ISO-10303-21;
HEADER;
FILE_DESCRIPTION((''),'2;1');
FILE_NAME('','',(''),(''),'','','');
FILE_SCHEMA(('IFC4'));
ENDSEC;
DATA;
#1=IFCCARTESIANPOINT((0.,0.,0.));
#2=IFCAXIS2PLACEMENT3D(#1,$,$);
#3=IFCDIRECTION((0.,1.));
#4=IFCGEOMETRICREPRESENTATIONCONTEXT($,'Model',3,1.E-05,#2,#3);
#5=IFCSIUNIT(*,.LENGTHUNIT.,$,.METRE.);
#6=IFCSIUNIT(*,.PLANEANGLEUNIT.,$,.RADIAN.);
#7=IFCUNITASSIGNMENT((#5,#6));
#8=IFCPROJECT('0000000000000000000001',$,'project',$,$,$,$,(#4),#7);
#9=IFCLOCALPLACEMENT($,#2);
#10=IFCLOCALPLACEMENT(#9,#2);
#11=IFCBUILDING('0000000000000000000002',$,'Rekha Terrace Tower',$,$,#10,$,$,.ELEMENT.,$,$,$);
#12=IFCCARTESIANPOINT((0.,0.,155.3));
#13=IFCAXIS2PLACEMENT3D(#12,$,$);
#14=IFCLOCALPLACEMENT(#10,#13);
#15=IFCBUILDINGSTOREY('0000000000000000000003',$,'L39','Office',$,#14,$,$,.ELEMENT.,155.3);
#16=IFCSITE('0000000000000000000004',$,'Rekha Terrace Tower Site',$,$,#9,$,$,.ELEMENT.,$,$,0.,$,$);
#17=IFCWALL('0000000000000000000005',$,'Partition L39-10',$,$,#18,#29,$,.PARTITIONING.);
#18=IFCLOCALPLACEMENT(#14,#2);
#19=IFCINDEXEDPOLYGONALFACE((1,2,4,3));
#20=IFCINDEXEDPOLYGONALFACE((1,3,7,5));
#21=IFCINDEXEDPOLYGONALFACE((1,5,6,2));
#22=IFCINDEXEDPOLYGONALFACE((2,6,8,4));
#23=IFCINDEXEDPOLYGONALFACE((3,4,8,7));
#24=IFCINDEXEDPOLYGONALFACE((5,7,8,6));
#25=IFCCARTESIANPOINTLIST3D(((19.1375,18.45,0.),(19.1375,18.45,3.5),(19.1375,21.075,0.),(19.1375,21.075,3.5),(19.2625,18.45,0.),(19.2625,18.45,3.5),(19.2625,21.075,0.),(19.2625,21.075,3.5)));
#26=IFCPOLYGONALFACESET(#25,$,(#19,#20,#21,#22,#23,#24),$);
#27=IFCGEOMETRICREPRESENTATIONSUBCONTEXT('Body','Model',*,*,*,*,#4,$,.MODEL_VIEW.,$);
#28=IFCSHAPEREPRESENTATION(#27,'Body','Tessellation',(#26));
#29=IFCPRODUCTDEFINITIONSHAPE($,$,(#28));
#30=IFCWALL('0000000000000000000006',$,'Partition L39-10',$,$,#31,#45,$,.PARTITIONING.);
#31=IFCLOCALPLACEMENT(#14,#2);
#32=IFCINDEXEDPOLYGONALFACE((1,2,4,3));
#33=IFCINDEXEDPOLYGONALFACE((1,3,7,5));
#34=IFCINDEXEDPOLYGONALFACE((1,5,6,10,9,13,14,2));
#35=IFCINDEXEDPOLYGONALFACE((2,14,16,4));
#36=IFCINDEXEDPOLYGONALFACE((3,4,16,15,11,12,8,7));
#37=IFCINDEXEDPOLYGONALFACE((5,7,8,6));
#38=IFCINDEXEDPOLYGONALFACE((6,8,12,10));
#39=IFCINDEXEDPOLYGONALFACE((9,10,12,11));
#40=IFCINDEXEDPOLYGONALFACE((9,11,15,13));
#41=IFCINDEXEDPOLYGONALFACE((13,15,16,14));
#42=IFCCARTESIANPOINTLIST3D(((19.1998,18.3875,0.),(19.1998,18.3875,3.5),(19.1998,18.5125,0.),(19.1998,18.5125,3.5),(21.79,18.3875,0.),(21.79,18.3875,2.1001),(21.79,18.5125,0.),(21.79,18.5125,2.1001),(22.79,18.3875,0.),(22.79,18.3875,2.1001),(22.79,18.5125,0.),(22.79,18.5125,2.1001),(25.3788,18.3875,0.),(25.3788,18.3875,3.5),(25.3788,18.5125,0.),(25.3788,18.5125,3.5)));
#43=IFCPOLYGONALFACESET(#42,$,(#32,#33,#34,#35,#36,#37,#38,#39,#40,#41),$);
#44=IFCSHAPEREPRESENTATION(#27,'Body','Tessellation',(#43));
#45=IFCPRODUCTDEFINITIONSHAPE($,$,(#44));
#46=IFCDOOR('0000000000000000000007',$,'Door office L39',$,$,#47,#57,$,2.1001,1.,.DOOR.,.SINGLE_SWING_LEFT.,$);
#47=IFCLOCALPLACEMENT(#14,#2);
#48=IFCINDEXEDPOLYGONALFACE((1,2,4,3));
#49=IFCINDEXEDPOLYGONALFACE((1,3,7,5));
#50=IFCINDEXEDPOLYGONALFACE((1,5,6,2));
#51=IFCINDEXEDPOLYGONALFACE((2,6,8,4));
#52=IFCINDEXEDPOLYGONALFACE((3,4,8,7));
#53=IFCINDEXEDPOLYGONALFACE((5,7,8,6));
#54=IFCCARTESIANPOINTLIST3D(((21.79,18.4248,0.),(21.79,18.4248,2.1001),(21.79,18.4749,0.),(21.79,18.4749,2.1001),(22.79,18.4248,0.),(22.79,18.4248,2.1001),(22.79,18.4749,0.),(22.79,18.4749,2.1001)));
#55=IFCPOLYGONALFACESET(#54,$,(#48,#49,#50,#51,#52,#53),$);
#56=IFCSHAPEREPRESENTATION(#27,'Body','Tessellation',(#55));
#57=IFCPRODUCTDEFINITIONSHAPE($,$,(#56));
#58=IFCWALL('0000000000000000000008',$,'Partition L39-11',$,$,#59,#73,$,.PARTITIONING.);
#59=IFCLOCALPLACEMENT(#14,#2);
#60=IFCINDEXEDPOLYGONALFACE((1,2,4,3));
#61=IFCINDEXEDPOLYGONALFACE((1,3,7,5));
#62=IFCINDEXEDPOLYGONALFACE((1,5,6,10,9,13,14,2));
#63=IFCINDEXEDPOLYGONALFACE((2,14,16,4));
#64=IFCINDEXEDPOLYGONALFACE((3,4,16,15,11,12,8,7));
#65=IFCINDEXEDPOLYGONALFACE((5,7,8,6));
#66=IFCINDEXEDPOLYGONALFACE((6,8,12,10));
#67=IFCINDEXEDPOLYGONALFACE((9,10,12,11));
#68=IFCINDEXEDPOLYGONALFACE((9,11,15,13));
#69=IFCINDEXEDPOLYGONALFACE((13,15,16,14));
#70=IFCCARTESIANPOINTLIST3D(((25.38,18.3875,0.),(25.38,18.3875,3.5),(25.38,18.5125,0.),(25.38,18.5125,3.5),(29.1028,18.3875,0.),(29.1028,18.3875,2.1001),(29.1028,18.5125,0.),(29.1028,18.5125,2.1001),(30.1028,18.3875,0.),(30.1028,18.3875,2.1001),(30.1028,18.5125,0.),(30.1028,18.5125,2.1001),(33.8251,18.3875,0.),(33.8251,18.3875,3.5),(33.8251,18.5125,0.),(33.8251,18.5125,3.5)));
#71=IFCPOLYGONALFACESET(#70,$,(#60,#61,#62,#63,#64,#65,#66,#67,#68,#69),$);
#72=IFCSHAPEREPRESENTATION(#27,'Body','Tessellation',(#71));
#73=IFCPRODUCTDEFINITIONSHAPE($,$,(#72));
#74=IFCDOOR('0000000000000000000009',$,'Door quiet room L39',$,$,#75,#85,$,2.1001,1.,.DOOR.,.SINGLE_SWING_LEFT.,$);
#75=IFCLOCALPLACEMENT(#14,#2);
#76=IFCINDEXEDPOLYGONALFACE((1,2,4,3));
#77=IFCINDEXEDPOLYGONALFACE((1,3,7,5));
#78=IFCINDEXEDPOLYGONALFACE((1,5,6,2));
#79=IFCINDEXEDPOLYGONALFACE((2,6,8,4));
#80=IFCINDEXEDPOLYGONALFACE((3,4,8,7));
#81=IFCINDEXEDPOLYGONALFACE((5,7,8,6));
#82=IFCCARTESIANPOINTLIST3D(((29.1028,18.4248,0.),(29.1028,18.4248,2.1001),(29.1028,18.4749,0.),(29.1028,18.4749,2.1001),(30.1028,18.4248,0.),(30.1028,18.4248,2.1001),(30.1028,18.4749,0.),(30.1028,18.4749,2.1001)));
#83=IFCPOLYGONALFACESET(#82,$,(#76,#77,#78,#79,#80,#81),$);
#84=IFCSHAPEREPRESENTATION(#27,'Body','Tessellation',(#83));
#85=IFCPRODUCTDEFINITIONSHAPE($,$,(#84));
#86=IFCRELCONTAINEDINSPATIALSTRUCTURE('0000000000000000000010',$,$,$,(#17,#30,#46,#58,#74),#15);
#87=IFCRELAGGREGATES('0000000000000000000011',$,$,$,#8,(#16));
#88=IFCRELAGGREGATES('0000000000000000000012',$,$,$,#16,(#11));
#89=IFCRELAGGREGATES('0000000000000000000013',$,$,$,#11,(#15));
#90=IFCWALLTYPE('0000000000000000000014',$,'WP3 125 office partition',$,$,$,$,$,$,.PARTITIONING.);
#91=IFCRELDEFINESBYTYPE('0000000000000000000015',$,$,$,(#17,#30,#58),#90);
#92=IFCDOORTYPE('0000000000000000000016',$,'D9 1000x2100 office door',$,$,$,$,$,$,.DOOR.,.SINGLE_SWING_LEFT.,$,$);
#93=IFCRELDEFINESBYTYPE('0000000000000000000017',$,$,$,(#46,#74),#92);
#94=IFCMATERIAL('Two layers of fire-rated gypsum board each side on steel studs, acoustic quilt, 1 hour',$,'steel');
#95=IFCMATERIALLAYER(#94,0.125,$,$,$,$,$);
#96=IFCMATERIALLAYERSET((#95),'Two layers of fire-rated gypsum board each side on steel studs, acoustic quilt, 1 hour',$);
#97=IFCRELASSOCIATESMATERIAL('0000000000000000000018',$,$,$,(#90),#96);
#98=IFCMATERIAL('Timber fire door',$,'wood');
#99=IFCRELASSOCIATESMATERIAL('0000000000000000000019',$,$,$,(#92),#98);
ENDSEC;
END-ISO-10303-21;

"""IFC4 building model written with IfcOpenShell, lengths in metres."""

from ifc_helpers import new_model, si_unit, direction, frame, frame_2d, origin, place, context, subcontext, project, spatial, rectangle, extrude, material, layer, layer_set, type_object, element, fill, save


model = new_model("IFC4")

# Units and contexts
model_context = context("Model", 3, precision=1e-05, world=origin(), true_north=direction((0.0, 1.0)))
body_context = subcontext(model_context, "Body", "Model", "MODEL_VIEW")
ifc_project = project(units=[si_unit("LENGTHUNIT", "METRE"), si_unit("PLANEANGLEUNIT", "RADIAN")], contexts=[model_context])

# Site, building, storey
site_placement = place(None, origin())
site = spatial("IfcSite", under=ifc_project, at=site_placement, Name="Rekha Terrace Tower Site", CompositionType="ELEMENT", RefElevation=0.0)
building_placement = place(site_placement, origin())
building = spatial("IfcBuilding", under=site, at=building_placement, Name="Rekha Terrace Tower", CompositionType="ELEMENT")
storey_placement = place(building_placement, frame((0.0, 0.0, 155.3)))
storey = spatial("IfcBuildingStorey", under=building, at=storey_placement, Name="L39", Description="Office", CompositionType="ELEMENT", Elevation=155.3)

# Wall
ifc_material_1 = material(Name="Two layers of fire-rated gypsum board each side on steel studs, acoustic quilt, 1 hour", Category="steel")
ifc_layer_1 = layer(ifc_material_1, 0.125)
ifc_layer_set_1 = layer_set([ifc_layer_1], Name="Two layers of fire-rated gypsum board each side on steel studs, acoustic quilt, 1 hour")
wall_type_1 = type_object("IfcWallType", Name="WP3 125 office partition", PredefinedType="PARTITIONING", material=ifc_layer_set_1)
wall_1_placement = place(storey_placement, frame((19.2, 21.075, 0.0), z_axis=(0.0, 0.0, 1.0), x_axis=(0.0, -1.0, 0.0)))
element("IfcWall", 1, at=wall_1_placement, inside=storey, type_object=wall_type_1, Name="Partition L39-10", PredefinedType="PARTITIONING", context=body_context, shape_type="SweptSolid", body=[
    extrude(rectangle(XDim=2.625, YDim=0.125, at=frame_2d((1.3125, 0.0))), origin(), (0.0, 0.0, 1.0), 3.5),
])

# Walls, openings, doors
wall_2_placement = place(storey_placement, frame((19.2, 18.45, 0.0), z_axis=(0.0, 0.0, 1.0), x_axis=(1.0, 0.0, 0.0)))
wall_2 = element("IfcWall", 2, at=wall_2_placement, inside=storey, type_object=wall_type_1, Name="Partition L39-10", PredefinedType="PARTITIONING", context=body_context, shape_type="SweptSolid", body=[
    extrude(rectangle(XDim=6.179, YDim=0.125, at=frame_2d((3.0894, 0.0))), origin(), (0.0, 0.0, 1.0), 3.5),
])
opening_1_placement = place(wall_2_placement, frame((2.5901, 0.0, 0.0)))
opening_1 = element("IfcOpeningElement", 3, at=opening_1_placement, cuts=wall_2, PredefinedType="OPENING", context=body_context, shape_type="SweptSolid", body=[
    extrude(rectangle(XDim=1.0, YDim=2.1001, at=frame_2d((0.5, 1.05))), frame((0.0, 0.0725, 0.0), z_axis=(0.0, -1.0, 0.0), x_axis=(1.0, 0.0, 0.0)), (0.0, 0.0, 1.0), 0.145),
])
ifc_material_2 = material(Name="Timber fire door", Category="wood")
door_type_1 = type_object("IfcDoorType", Name="D9 1000x2100 office door", OperationType="SINGLE_SWING_LEFT", PredefinedType="DOOR", material=ifc_material_2)
door_1_placement = place(opening_1_placement, origin())
door_1 = element("IfcDoor", 4, at=door_1_placement, inside=storey, type_object=door_type_1, Name="Door office L39", OperationType="SINGLE_SWING_LEFT", OverallHeight=2.1001, OverallWidth=1.0, PredefinedType="DOOR", context=body_context, shape_type="SweptSolid", body=[
    extrude(rectangle(XDim=1.0, YDim=2.1001, at=frame_2d((0.5, 1.05))), frame((0.0, 0.0249, 0.0), z_axis=(0.0, -1.0, 0.0), x_axis=(1.0, 0.0, 0.0)), (0.0, 0.0, 1.0), 0.05),
])
fill(opening_1, door_1)
wall_3_placement = place(storey_placement, frame((25.3799, 18.45, 0.0), z_axis=(0.0, 0.0, 1.0), x_axis=(1.0, 0.0, 0.0)))
wall_3 = element("IfcWall", 5, at=wall_3_placement, inside=storey, type_object=wall_type_1, Name="Partition L39-11", PredefinedType="PARTITIONING", context=body_context, shape_type="SweptSolid", body=[
    extrude(rectangle(XDim=8.4451, YDim=0.125, at=frame_2d((4.2227, 0.0))), origin(), (0.0, 0.0, 1.0), 3.5),
])
opening_2_placement = place(wall_3_placement, frame((3.7229, 0.0, 0.0)))
opening_2 = element("IfcOpeningElement", 6, at=opening_2_placement, cuts=wall_3, PredefinedType="OPENING", context=body_context, shape_type="SweptSolid", body=[
    extrude(rectangle(XDim=1.0, YDim=2.1001, at=frame_2d((0.5, 1.05))), frame((0.0, 0.0725, 0.0), z_axis=(0.0, -1.0, 0.0), x_axis=(1.0, 0.0, 0.0)), (0.0, 0.0, 1.0), 0.145),
])
door_2_placement = place(opening_2_placement, origin())
door_2 = element("IfcDoor", 7, at=door_2_placement, inside=storey, type_object=door_type_1, Name="Door quiet room L39", OperationType="SINGLE_SWING_LEFT", OverallHeight=2.1001, OverallWidth=1.0, PredefinedType="DOOR", context=body_context, shape_type="SweptSolid", body=[
    extrude(rectangle(XDim=1.0, YDim=2.1001, at=frame_2d((0.5, 1.05))), frame((0.0, 0.0249, 0.0), z_axis=(0.0, -1.0, 0.0), x_axis=(1.0, 0.0, 0.0)), (0.0, 0.0, 1.0), 0.05),
])
fill(opening_2, door_2)

save(model, "model.ifc")
